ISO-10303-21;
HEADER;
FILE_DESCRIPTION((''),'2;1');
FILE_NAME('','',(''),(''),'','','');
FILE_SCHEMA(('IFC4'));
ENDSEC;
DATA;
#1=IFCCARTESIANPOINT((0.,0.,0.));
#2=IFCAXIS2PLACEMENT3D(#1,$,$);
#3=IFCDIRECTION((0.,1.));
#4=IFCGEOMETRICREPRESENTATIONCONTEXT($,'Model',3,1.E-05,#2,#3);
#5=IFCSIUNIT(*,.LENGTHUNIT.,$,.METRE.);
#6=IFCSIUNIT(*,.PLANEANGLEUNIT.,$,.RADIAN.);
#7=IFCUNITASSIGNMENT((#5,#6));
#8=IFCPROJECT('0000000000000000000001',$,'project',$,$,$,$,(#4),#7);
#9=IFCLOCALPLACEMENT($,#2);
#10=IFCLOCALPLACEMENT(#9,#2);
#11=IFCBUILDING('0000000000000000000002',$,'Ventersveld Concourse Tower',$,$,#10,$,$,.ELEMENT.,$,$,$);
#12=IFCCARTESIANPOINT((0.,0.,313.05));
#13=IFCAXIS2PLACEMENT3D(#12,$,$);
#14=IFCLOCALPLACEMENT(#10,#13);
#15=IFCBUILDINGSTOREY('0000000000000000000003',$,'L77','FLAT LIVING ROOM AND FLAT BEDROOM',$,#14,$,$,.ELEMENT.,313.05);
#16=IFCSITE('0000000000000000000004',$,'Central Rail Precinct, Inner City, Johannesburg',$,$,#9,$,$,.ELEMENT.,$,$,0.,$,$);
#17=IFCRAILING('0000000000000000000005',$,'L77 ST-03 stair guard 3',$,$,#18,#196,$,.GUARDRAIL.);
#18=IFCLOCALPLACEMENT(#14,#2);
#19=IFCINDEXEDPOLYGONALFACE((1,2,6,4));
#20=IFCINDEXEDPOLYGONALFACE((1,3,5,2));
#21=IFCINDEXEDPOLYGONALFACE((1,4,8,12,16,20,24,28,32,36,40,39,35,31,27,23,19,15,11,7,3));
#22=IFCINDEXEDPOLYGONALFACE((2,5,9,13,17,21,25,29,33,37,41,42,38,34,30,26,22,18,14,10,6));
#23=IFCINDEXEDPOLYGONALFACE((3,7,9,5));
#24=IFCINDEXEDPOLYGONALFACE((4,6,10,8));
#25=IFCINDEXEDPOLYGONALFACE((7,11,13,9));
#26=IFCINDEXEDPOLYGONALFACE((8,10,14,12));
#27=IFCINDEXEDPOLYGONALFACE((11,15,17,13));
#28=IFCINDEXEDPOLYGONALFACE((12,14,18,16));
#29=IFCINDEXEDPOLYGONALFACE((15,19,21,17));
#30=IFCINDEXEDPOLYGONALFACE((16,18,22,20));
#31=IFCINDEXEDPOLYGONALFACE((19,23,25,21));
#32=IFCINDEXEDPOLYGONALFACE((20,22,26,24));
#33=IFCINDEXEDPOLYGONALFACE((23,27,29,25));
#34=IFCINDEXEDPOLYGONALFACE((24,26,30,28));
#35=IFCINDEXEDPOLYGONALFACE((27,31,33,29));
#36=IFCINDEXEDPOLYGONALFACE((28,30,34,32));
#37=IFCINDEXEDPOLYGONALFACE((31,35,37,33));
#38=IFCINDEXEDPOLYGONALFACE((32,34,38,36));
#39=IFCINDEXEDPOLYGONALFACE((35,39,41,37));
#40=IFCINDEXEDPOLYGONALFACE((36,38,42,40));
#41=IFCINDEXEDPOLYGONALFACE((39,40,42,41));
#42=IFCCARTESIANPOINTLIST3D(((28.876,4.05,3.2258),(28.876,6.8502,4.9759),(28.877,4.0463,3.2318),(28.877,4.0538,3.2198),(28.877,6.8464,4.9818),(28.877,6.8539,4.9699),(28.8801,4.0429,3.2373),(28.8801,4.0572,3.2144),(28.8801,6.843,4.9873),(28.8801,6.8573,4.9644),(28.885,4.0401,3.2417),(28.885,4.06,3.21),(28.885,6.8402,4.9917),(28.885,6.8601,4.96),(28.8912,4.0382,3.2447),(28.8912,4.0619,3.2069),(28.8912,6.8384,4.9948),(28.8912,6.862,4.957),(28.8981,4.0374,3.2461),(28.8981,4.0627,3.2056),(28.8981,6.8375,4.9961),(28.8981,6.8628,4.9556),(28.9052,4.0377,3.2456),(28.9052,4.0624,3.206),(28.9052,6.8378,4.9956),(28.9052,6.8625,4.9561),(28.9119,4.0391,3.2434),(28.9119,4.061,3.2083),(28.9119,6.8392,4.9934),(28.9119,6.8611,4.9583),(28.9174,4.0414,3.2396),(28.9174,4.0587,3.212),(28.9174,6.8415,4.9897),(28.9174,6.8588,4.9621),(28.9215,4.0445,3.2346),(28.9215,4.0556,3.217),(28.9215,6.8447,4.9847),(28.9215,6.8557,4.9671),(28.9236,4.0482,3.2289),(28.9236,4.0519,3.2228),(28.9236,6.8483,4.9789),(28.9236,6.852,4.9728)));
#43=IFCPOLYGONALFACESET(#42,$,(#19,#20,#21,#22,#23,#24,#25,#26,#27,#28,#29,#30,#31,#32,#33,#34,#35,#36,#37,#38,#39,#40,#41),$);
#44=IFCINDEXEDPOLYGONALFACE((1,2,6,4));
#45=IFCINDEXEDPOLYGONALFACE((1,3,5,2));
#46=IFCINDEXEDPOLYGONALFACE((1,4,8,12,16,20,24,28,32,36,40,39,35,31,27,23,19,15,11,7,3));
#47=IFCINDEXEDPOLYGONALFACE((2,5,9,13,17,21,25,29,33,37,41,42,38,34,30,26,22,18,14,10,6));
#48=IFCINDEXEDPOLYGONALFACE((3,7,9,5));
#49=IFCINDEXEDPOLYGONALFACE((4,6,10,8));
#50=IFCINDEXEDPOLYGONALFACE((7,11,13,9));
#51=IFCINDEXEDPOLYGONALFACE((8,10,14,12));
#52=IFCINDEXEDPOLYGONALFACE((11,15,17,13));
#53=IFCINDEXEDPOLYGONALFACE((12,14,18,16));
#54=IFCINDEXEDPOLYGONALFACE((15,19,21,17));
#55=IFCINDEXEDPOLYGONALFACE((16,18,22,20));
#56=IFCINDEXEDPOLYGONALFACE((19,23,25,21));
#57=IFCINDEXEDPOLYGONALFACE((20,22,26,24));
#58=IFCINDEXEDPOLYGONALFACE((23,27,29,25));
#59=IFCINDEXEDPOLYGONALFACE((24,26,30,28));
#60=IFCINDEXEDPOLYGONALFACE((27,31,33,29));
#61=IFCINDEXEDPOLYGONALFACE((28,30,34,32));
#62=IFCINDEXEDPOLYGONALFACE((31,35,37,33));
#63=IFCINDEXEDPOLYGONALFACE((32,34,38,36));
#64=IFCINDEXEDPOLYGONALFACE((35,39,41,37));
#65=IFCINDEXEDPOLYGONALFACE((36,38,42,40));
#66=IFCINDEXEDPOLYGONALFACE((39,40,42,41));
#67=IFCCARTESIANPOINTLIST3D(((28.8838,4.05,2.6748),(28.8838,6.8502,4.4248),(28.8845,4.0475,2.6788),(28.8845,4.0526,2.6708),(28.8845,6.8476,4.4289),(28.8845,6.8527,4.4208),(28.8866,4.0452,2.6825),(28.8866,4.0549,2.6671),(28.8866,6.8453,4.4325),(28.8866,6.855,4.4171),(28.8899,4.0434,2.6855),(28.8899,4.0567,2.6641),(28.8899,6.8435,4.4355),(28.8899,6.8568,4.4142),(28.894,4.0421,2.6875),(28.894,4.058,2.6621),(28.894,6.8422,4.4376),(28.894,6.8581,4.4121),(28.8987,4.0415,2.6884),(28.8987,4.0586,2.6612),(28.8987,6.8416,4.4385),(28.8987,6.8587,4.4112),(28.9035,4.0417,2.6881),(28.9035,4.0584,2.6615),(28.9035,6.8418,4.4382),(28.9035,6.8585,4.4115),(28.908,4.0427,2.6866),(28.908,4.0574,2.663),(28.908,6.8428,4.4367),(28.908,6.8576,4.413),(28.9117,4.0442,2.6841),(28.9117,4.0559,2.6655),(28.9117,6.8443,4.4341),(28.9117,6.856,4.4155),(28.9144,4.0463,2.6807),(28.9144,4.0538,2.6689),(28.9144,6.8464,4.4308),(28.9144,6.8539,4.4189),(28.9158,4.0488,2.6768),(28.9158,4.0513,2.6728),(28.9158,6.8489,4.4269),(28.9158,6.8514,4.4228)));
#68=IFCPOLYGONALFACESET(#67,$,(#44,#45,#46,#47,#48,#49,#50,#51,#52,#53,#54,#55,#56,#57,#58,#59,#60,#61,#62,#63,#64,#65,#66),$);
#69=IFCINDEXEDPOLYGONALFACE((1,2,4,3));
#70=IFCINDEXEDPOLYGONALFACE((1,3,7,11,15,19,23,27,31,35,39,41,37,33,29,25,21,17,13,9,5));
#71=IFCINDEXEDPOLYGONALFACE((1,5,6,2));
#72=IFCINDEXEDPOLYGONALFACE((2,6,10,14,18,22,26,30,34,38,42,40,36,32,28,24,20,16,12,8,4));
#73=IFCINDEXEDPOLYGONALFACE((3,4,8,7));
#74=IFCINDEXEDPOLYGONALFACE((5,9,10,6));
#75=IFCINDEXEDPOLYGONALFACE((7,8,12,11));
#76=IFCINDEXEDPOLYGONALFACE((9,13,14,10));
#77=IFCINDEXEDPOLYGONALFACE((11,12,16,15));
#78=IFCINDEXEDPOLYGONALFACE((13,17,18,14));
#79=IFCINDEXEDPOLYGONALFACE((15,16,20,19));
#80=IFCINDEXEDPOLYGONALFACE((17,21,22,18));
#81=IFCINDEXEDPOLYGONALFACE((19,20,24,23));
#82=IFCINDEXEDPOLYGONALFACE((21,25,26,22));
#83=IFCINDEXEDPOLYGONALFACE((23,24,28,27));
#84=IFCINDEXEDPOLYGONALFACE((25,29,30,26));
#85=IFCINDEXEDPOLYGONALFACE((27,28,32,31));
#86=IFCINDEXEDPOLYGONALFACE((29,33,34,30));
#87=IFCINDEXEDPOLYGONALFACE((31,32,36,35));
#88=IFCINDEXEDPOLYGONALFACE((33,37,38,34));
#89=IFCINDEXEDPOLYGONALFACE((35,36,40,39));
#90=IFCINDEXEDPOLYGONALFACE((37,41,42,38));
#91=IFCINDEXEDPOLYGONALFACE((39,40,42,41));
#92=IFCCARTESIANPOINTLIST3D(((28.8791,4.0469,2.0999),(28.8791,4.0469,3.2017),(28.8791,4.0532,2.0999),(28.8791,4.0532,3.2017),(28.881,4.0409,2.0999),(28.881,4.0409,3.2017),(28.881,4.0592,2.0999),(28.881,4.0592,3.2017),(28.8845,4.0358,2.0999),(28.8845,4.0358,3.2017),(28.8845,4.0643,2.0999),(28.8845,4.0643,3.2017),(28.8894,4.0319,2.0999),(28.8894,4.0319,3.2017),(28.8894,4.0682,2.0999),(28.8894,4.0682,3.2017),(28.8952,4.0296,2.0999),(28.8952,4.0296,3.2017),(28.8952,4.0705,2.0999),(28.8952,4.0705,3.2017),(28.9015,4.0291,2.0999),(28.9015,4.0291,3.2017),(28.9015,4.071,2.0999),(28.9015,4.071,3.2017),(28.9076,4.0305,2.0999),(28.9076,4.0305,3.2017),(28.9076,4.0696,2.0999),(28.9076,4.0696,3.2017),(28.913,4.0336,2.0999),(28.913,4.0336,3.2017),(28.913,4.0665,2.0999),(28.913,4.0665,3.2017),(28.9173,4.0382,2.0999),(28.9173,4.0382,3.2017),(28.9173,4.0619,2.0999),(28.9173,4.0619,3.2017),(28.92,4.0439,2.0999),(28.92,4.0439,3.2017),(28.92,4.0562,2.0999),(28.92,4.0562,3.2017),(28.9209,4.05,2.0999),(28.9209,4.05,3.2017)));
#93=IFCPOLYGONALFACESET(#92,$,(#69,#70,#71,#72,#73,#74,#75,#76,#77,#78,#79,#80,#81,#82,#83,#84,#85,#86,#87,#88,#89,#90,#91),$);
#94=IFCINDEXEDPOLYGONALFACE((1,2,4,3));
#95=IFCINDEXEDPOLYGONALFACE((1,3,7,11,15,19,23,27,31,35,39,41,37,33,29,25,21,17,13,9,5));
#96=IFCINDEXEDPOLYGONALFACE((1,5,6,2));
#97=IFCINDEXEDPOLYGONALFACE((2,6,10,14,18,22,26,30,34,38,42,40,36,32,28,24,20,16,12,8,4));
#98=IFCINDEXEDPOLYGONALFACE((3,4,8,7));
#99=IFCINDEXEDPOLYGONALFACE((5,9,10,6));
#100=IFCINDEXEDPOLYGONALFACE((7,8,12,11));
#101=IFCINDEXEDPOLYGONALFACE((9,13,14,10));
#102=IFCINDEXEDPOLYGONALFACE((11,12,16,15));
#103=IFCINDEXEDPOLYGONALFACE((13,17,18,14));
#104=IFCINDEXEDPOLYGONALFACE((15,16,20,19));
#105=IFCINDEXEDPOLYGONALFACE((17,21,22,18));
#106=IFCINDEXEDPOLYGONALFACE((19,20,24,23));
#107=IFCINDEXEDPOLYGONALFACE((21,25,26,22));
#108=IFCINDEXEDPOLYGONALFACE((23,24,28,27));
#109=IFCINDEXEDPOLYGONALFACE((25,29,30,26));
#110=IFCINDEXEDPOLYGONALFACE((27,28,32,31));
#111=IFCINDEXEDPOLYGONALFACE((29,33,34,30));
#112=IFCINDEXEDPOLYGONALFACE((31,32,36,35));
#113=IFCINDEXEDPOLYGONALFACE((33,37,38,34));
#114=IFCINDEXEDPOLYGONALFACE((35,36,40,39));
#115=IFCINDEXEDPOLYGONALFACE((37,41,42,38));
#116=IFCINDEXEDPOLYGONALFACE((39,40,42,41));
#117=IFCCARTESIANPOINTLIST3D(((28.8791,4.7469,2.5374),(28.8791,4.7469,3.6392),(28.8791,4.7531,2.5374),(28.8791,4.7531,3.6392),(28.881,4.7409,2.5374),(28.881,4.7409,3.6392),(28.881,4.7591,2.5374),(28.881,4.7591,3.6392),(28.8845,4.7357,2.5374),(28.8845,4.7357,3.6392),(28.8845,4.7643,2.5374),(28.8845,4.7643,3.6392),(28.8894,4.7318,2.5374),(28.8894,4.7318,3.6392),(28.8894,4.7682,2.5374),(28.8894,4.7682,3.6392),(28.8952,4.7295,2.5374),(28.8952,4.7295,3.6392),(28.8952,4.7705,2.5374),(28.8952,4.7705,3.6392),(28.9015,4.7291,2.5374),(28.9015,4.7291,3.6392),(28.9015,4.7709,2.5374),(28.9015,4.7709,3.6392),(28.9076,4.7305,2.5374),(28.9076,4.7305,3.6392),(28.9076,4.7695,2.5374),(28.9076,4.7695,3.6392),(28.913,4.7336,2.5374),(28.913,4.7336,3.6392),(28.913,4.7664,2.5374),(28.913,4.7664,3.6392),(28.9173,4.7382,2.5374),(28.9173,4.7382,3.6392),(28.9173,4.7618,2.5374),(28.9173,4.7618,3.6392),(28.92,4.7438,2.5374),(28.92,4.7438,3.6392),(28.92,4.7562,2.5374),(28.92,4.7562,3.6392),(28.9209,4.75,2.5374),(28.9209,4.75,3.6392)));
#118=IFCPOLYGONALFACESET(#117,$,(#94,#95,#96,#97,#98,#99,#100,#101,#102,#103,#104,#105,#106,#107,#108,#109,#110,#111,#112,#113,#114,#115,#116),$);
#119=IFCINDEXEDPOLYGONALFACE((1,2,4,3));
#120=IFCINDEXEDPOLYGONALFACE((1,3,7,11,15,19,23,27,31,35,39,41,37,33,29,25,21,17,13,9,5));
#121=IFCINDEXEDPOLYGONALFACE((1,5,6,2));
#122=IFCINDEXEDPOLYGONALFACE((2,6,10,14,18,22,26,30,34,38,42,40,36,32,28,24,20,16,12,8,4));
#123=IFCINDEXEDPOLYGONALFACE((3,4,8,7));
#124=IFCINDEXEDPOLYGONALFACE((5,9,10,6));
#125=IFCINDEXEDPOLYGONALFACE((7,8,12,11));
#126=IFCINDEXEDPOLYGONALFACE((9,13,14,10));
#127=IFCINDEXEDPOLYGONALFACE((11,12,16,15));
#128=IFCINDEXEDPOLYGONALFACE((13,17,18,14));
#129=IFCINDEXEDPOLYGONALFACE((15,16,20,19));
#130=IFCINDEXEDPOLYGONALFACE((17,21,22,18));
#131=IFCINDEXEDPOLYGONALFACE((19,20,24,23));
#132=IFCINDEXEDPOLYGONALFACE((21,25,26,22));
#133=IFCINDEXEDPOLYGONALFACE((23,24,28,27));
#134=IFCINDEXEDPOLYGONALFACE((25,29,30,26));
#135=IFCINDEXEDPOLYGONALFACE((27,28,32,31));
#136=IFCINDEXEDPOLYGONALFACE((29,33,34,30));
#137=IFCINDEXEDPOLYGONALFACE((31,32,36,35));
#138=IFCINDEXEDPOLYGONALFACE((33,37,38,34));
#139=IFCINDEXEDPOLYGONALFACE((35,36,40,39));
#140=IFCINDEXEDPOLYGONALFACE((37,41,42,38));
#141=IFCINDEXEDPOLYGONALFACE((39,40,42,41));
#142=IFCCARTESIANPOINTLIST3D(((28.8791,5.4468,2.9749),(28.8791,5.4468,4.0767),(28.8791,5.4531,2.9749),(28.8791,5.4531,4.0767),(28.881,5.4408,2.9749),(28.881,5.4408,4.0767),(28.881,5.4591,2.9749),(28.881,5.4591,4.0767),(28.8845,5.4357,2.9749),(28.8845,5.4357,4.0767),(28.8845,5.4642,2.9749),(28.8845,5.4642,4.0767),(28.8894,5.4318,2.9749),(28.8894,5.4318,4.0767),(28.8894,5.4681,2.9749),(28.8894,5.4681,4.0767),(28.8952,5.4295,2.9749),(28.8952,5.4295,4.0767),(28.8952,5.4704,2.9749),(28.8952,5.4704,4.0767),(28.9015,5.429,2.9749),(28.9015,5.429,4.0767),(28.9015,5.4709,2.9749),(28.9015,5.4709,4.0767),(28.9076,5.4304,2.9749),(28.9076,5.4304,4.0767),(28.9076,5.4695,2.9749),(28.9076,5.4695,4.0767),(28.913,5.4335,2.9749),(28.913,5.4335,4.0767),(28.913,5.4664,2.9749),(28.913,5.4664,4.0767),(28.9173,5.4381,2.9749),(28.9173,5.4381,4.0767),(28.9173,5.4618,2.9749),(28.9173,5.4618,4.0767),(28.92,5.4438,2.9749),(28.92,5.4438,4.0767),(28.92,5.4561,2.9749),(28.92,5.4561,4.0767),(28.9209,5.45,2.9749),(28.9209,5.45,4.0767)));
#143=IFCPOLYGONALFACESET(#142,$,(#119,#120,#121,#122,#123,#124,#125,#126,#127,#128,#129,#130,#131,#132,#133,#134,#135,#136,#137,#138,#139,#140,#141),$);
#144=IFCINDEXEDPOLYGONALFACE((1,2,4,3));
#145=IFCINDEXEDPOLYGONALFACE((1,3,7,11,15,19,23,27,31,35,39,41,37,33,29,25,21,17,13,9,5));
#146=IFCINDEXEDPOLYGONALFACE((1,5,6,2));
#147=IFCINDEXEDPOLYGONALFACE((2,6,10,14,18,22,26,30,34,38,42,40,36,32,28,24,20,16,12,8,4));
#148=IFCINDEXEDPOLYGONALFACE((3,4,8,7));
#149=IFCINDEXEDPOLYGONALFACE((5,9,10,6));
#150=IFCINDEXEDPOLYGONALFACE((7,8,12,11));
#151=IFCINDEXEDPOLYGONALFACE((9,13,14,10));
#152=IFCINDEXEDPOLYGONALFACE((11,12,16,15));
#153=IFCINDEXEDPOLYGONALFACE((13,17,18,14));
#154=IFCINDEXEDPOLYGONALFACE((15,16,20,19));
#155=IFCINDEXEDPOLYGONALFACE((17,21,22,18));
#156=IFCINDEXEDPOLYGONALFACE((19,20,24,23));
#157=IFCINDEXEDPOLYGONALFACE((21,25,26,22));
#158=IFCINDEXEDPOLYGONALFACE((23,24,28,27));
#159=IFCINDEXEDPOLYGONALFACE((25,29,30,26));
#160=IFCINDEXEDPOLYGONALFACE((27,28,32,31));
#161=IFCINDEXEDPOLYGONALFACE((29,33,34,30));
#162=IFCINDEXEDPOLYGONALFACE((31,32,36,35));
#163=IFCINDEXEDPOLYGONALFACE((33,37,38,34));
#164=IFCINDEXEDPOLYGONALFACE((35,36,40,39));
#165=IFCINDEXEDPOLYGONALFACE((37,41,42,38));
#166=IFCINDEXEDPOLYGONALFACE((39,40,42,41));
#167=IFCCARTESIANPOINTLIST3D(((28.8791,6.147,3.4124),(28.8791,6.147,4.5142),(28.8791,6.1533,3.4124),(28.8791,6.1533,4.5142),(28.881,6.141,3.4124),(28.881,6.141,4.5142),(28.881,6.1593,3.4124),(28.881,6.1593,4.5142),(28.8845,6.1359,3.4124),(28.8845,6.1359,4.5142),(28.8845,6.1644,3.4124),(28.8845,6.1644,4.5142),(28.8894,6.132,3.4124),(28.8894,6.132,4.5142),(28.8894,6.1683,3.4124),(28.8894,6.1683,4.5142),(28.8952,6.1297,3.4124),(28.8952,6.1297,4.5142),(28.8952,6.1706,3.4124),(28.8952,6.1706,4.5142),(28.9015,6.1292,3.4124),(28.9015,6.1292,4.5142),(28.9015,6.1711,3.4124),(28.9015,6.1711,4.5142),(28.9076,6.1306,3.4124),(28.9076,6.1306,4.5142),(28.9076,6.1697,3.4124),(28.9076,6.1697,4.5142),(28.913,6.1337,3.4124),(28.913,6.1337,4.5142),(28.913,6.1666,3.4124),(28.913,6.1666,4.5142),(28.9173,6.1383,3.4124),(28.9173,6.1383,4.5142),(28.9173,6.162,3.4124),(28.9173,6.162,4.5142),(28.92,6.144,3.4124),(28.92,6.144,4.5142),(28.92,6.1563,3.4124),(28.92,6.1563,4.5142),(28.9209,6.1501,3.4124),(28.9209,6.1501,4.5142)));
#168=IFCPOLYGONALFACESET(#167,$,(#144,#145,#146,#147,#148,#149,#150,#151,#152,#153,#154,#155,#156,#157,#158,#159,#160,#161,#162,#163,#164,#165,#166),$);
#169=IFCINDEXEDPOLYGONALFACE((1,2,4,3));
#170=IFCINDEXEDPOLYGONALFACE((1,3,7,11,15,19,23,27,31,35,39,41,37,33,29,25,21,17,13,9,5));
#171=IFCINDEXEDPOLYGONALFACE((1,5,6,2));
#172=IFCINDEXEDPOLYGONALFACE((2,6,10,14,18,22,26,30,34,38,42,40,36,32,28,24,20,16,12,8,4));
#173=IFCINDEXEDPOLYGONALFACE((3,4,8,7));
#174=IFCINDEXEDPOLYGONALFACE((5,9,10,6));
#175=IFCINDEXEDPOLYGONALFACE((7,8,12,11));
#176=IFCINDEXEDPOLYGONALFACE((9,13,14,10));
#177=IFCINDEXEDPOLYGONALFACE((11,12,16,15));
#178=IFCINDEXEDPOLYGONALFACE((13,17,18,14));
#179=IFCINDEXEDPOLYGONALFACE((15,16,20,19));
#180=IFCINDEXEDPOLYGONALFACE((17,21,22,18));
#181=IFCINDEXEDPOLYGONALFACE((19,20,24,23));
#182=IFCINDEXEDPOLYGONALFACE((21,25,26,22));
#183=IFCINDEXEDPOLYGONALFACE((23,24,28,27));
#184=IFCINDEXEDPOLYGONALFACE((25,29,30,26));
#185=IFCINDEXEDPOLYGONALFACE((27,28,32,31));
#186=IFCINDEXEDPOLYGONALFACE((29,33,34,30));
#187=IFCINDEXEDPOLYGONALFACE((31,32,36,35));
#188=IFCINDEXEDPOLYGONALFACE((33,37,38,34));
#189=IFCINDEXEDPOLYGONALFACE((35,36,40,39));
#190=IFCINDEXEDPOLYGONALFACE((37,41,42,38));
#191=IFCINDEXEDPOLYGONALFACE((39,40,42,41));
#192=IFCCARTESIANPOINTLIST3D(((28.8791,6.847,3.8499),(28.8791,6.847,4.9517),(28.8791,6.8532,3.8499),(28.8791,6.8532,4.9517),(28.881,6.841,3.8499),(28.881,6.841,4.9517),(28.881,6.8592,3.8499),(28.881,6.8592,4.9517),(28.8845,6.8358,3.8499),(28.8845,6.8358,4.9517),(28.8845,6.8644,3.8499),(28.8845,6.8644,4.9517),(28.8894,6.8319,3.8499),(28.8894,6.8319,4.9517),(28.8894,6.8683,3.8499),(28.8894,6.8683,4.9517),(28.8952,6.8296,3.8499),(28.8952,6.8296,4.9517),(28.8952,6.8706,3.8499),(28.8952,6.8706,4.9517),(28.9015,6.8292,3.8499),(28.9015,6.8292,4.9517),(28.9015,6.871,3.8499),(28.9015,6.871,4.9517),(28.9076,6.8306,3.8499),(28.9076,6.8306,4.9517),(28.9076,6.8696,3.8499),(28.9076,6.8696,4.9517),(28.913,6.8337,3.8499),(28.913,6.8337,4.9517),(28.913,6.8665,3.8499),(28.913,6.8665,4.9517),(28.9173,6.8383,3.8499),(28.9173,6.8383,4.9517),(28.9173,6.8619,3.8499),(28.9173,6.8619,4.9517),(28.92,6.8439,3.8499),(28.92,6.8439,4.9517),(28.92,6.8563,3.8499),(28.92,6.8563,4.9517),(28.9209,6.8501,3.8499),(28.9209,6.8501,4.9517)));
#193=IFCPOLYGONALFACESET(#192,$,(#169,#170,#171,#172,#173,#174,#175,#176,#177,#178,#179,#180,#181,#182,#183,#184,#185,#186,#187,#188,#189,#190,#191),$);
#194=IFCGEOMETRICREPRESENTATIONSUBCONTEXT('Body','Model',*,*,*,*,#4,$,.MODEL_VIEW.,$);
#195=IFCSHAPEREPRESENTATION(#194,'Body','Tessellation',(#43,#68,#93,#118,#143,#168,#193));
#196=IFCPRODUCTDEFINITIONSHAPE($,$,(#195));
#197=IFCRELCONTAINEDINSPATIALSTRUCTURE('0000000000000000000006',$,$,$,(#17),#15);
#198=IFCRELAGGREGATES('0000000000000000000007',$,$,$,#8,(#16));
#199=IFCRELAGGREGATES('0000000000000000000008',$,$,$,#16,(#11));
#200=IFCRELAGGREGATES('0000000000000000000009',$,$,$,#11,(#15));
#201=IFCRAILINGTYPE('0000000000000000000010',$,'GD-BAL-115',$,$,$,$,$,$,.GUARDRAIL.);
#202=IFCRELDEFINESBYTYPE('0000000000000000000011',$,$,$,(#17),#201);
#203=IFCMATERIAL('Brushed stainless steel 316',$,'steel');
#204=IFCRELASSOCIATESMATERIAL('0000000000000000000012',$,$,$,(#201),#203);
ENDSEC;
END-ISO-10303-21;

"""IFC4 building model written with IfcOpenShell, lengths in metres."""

from ifc_helpers import new_model, si_unit, direction, frame, origin, origin_2d, place, context, subcontext, project, spatial, circle, extrude, material, type_object, element, save


model = new_model("IFC4")

# Units and contexts
model_context = context("Model", 3, precision=1e-05, world=origin(), true_north=direction((0.0, 1.0)))
body_context = subcontext(model_context, "Body", "Model", "MODEL_VIEW")
ifc_project = project(units=[si_unit("LENGTHUNIT", "METRE"), si_unit("PLANEANGLEUNIT", "RADIAN")], contexts=[model_context])

# Site, building, storey
site_placement = place(None, origin())
site = spatial("IfcSite", under=ifc_project, at=site_placement, Name="Central Rail Precinct, Inner City, Johannesburg", CompositionType="ELEMENT", RefElevation=0.0)
building_placement = place(site_placement, origin())
building = spatial("IfcBuilding", under=site, at=building_placement, Name="Ventersveld Concourse Tower", CompositionType="ELEMENT")
storey_placement = place(building_placement, frame((0.0, 0.0, 313.05)))
storey = spatial("IfcBuildingStorey", under=building, at=storey_placement, Name="L77", Description="FLAT LIVING ROOM AND FLAT BEDROOM", CompositionType="ELEMENT", Elevation=313.05)

# Railing
ifc_material_1 = material(Name="Brushed stainless steel 316", Category="steel")
railing_type_1 = type_object("IfcRailingType", Name="GD-BAL-115", PredefinedType="GUARDRAIL", material=ifc_material_1)
railing_1_placement = place(storey_placement, frame((28.8999, 4.05, 2.0999)))
element("IfcRailing", 1, at=railing_1_placement, inside=storey, type_object=railing_type_1, Name="L77 ST-03 stair guard 3", PredefinedType="GUARDRAIL", context=body_context, shape_type="SweptSolid", body=[
    extrude(circle(Radius=0.0239, at=origin_2d()), frame((0.0, 0.0, 1.126), z_axis=(0.0, 0.848002, 0.529992), x_axis=(-1.0, 0.0, 0.0)), (0.0, 0.0, 1.0), 3.302),
    extrude(circle(Radius=0.0161, at=origin_2d()), frame((0.0, 0.0, 0.575), z_axis=(0.0, 0.848002, 0.529992), x_axis=(-1.0, 0.0, 0.0)), (0.0, 0.0, 1.0), 3.302),
    extrude(circle(Radius=0.021, at=origin_2d()), origin(), (0.0, 0.0, 1.0), 1.1018),
    extrude(circle(Radius=0.021, at=origin_2d()), frame((0.0, 0.7, 0.4375)), (0.0, 0.0, 1.0), 1.1018),
    extrude(circle(Radius=0.021, at=origin_2d()), frame((0.0, 1.3999, 0.875)), (0.0, 0.0, 1.0), 1.1018),
    extrude(circle(Radius=0.021, at=origin_2d()), frame((0.0, 2.1001, 1.3125)), (0.0, 0.0, 1.0), 1.1018),
    extrude(circle(Radius=0.021, at=origin_2d()), frame((0.0, 2.8, 1.75)), (0.0, 0.0, 1.0), 1.1018),
])

save(model, "model.ifc")
